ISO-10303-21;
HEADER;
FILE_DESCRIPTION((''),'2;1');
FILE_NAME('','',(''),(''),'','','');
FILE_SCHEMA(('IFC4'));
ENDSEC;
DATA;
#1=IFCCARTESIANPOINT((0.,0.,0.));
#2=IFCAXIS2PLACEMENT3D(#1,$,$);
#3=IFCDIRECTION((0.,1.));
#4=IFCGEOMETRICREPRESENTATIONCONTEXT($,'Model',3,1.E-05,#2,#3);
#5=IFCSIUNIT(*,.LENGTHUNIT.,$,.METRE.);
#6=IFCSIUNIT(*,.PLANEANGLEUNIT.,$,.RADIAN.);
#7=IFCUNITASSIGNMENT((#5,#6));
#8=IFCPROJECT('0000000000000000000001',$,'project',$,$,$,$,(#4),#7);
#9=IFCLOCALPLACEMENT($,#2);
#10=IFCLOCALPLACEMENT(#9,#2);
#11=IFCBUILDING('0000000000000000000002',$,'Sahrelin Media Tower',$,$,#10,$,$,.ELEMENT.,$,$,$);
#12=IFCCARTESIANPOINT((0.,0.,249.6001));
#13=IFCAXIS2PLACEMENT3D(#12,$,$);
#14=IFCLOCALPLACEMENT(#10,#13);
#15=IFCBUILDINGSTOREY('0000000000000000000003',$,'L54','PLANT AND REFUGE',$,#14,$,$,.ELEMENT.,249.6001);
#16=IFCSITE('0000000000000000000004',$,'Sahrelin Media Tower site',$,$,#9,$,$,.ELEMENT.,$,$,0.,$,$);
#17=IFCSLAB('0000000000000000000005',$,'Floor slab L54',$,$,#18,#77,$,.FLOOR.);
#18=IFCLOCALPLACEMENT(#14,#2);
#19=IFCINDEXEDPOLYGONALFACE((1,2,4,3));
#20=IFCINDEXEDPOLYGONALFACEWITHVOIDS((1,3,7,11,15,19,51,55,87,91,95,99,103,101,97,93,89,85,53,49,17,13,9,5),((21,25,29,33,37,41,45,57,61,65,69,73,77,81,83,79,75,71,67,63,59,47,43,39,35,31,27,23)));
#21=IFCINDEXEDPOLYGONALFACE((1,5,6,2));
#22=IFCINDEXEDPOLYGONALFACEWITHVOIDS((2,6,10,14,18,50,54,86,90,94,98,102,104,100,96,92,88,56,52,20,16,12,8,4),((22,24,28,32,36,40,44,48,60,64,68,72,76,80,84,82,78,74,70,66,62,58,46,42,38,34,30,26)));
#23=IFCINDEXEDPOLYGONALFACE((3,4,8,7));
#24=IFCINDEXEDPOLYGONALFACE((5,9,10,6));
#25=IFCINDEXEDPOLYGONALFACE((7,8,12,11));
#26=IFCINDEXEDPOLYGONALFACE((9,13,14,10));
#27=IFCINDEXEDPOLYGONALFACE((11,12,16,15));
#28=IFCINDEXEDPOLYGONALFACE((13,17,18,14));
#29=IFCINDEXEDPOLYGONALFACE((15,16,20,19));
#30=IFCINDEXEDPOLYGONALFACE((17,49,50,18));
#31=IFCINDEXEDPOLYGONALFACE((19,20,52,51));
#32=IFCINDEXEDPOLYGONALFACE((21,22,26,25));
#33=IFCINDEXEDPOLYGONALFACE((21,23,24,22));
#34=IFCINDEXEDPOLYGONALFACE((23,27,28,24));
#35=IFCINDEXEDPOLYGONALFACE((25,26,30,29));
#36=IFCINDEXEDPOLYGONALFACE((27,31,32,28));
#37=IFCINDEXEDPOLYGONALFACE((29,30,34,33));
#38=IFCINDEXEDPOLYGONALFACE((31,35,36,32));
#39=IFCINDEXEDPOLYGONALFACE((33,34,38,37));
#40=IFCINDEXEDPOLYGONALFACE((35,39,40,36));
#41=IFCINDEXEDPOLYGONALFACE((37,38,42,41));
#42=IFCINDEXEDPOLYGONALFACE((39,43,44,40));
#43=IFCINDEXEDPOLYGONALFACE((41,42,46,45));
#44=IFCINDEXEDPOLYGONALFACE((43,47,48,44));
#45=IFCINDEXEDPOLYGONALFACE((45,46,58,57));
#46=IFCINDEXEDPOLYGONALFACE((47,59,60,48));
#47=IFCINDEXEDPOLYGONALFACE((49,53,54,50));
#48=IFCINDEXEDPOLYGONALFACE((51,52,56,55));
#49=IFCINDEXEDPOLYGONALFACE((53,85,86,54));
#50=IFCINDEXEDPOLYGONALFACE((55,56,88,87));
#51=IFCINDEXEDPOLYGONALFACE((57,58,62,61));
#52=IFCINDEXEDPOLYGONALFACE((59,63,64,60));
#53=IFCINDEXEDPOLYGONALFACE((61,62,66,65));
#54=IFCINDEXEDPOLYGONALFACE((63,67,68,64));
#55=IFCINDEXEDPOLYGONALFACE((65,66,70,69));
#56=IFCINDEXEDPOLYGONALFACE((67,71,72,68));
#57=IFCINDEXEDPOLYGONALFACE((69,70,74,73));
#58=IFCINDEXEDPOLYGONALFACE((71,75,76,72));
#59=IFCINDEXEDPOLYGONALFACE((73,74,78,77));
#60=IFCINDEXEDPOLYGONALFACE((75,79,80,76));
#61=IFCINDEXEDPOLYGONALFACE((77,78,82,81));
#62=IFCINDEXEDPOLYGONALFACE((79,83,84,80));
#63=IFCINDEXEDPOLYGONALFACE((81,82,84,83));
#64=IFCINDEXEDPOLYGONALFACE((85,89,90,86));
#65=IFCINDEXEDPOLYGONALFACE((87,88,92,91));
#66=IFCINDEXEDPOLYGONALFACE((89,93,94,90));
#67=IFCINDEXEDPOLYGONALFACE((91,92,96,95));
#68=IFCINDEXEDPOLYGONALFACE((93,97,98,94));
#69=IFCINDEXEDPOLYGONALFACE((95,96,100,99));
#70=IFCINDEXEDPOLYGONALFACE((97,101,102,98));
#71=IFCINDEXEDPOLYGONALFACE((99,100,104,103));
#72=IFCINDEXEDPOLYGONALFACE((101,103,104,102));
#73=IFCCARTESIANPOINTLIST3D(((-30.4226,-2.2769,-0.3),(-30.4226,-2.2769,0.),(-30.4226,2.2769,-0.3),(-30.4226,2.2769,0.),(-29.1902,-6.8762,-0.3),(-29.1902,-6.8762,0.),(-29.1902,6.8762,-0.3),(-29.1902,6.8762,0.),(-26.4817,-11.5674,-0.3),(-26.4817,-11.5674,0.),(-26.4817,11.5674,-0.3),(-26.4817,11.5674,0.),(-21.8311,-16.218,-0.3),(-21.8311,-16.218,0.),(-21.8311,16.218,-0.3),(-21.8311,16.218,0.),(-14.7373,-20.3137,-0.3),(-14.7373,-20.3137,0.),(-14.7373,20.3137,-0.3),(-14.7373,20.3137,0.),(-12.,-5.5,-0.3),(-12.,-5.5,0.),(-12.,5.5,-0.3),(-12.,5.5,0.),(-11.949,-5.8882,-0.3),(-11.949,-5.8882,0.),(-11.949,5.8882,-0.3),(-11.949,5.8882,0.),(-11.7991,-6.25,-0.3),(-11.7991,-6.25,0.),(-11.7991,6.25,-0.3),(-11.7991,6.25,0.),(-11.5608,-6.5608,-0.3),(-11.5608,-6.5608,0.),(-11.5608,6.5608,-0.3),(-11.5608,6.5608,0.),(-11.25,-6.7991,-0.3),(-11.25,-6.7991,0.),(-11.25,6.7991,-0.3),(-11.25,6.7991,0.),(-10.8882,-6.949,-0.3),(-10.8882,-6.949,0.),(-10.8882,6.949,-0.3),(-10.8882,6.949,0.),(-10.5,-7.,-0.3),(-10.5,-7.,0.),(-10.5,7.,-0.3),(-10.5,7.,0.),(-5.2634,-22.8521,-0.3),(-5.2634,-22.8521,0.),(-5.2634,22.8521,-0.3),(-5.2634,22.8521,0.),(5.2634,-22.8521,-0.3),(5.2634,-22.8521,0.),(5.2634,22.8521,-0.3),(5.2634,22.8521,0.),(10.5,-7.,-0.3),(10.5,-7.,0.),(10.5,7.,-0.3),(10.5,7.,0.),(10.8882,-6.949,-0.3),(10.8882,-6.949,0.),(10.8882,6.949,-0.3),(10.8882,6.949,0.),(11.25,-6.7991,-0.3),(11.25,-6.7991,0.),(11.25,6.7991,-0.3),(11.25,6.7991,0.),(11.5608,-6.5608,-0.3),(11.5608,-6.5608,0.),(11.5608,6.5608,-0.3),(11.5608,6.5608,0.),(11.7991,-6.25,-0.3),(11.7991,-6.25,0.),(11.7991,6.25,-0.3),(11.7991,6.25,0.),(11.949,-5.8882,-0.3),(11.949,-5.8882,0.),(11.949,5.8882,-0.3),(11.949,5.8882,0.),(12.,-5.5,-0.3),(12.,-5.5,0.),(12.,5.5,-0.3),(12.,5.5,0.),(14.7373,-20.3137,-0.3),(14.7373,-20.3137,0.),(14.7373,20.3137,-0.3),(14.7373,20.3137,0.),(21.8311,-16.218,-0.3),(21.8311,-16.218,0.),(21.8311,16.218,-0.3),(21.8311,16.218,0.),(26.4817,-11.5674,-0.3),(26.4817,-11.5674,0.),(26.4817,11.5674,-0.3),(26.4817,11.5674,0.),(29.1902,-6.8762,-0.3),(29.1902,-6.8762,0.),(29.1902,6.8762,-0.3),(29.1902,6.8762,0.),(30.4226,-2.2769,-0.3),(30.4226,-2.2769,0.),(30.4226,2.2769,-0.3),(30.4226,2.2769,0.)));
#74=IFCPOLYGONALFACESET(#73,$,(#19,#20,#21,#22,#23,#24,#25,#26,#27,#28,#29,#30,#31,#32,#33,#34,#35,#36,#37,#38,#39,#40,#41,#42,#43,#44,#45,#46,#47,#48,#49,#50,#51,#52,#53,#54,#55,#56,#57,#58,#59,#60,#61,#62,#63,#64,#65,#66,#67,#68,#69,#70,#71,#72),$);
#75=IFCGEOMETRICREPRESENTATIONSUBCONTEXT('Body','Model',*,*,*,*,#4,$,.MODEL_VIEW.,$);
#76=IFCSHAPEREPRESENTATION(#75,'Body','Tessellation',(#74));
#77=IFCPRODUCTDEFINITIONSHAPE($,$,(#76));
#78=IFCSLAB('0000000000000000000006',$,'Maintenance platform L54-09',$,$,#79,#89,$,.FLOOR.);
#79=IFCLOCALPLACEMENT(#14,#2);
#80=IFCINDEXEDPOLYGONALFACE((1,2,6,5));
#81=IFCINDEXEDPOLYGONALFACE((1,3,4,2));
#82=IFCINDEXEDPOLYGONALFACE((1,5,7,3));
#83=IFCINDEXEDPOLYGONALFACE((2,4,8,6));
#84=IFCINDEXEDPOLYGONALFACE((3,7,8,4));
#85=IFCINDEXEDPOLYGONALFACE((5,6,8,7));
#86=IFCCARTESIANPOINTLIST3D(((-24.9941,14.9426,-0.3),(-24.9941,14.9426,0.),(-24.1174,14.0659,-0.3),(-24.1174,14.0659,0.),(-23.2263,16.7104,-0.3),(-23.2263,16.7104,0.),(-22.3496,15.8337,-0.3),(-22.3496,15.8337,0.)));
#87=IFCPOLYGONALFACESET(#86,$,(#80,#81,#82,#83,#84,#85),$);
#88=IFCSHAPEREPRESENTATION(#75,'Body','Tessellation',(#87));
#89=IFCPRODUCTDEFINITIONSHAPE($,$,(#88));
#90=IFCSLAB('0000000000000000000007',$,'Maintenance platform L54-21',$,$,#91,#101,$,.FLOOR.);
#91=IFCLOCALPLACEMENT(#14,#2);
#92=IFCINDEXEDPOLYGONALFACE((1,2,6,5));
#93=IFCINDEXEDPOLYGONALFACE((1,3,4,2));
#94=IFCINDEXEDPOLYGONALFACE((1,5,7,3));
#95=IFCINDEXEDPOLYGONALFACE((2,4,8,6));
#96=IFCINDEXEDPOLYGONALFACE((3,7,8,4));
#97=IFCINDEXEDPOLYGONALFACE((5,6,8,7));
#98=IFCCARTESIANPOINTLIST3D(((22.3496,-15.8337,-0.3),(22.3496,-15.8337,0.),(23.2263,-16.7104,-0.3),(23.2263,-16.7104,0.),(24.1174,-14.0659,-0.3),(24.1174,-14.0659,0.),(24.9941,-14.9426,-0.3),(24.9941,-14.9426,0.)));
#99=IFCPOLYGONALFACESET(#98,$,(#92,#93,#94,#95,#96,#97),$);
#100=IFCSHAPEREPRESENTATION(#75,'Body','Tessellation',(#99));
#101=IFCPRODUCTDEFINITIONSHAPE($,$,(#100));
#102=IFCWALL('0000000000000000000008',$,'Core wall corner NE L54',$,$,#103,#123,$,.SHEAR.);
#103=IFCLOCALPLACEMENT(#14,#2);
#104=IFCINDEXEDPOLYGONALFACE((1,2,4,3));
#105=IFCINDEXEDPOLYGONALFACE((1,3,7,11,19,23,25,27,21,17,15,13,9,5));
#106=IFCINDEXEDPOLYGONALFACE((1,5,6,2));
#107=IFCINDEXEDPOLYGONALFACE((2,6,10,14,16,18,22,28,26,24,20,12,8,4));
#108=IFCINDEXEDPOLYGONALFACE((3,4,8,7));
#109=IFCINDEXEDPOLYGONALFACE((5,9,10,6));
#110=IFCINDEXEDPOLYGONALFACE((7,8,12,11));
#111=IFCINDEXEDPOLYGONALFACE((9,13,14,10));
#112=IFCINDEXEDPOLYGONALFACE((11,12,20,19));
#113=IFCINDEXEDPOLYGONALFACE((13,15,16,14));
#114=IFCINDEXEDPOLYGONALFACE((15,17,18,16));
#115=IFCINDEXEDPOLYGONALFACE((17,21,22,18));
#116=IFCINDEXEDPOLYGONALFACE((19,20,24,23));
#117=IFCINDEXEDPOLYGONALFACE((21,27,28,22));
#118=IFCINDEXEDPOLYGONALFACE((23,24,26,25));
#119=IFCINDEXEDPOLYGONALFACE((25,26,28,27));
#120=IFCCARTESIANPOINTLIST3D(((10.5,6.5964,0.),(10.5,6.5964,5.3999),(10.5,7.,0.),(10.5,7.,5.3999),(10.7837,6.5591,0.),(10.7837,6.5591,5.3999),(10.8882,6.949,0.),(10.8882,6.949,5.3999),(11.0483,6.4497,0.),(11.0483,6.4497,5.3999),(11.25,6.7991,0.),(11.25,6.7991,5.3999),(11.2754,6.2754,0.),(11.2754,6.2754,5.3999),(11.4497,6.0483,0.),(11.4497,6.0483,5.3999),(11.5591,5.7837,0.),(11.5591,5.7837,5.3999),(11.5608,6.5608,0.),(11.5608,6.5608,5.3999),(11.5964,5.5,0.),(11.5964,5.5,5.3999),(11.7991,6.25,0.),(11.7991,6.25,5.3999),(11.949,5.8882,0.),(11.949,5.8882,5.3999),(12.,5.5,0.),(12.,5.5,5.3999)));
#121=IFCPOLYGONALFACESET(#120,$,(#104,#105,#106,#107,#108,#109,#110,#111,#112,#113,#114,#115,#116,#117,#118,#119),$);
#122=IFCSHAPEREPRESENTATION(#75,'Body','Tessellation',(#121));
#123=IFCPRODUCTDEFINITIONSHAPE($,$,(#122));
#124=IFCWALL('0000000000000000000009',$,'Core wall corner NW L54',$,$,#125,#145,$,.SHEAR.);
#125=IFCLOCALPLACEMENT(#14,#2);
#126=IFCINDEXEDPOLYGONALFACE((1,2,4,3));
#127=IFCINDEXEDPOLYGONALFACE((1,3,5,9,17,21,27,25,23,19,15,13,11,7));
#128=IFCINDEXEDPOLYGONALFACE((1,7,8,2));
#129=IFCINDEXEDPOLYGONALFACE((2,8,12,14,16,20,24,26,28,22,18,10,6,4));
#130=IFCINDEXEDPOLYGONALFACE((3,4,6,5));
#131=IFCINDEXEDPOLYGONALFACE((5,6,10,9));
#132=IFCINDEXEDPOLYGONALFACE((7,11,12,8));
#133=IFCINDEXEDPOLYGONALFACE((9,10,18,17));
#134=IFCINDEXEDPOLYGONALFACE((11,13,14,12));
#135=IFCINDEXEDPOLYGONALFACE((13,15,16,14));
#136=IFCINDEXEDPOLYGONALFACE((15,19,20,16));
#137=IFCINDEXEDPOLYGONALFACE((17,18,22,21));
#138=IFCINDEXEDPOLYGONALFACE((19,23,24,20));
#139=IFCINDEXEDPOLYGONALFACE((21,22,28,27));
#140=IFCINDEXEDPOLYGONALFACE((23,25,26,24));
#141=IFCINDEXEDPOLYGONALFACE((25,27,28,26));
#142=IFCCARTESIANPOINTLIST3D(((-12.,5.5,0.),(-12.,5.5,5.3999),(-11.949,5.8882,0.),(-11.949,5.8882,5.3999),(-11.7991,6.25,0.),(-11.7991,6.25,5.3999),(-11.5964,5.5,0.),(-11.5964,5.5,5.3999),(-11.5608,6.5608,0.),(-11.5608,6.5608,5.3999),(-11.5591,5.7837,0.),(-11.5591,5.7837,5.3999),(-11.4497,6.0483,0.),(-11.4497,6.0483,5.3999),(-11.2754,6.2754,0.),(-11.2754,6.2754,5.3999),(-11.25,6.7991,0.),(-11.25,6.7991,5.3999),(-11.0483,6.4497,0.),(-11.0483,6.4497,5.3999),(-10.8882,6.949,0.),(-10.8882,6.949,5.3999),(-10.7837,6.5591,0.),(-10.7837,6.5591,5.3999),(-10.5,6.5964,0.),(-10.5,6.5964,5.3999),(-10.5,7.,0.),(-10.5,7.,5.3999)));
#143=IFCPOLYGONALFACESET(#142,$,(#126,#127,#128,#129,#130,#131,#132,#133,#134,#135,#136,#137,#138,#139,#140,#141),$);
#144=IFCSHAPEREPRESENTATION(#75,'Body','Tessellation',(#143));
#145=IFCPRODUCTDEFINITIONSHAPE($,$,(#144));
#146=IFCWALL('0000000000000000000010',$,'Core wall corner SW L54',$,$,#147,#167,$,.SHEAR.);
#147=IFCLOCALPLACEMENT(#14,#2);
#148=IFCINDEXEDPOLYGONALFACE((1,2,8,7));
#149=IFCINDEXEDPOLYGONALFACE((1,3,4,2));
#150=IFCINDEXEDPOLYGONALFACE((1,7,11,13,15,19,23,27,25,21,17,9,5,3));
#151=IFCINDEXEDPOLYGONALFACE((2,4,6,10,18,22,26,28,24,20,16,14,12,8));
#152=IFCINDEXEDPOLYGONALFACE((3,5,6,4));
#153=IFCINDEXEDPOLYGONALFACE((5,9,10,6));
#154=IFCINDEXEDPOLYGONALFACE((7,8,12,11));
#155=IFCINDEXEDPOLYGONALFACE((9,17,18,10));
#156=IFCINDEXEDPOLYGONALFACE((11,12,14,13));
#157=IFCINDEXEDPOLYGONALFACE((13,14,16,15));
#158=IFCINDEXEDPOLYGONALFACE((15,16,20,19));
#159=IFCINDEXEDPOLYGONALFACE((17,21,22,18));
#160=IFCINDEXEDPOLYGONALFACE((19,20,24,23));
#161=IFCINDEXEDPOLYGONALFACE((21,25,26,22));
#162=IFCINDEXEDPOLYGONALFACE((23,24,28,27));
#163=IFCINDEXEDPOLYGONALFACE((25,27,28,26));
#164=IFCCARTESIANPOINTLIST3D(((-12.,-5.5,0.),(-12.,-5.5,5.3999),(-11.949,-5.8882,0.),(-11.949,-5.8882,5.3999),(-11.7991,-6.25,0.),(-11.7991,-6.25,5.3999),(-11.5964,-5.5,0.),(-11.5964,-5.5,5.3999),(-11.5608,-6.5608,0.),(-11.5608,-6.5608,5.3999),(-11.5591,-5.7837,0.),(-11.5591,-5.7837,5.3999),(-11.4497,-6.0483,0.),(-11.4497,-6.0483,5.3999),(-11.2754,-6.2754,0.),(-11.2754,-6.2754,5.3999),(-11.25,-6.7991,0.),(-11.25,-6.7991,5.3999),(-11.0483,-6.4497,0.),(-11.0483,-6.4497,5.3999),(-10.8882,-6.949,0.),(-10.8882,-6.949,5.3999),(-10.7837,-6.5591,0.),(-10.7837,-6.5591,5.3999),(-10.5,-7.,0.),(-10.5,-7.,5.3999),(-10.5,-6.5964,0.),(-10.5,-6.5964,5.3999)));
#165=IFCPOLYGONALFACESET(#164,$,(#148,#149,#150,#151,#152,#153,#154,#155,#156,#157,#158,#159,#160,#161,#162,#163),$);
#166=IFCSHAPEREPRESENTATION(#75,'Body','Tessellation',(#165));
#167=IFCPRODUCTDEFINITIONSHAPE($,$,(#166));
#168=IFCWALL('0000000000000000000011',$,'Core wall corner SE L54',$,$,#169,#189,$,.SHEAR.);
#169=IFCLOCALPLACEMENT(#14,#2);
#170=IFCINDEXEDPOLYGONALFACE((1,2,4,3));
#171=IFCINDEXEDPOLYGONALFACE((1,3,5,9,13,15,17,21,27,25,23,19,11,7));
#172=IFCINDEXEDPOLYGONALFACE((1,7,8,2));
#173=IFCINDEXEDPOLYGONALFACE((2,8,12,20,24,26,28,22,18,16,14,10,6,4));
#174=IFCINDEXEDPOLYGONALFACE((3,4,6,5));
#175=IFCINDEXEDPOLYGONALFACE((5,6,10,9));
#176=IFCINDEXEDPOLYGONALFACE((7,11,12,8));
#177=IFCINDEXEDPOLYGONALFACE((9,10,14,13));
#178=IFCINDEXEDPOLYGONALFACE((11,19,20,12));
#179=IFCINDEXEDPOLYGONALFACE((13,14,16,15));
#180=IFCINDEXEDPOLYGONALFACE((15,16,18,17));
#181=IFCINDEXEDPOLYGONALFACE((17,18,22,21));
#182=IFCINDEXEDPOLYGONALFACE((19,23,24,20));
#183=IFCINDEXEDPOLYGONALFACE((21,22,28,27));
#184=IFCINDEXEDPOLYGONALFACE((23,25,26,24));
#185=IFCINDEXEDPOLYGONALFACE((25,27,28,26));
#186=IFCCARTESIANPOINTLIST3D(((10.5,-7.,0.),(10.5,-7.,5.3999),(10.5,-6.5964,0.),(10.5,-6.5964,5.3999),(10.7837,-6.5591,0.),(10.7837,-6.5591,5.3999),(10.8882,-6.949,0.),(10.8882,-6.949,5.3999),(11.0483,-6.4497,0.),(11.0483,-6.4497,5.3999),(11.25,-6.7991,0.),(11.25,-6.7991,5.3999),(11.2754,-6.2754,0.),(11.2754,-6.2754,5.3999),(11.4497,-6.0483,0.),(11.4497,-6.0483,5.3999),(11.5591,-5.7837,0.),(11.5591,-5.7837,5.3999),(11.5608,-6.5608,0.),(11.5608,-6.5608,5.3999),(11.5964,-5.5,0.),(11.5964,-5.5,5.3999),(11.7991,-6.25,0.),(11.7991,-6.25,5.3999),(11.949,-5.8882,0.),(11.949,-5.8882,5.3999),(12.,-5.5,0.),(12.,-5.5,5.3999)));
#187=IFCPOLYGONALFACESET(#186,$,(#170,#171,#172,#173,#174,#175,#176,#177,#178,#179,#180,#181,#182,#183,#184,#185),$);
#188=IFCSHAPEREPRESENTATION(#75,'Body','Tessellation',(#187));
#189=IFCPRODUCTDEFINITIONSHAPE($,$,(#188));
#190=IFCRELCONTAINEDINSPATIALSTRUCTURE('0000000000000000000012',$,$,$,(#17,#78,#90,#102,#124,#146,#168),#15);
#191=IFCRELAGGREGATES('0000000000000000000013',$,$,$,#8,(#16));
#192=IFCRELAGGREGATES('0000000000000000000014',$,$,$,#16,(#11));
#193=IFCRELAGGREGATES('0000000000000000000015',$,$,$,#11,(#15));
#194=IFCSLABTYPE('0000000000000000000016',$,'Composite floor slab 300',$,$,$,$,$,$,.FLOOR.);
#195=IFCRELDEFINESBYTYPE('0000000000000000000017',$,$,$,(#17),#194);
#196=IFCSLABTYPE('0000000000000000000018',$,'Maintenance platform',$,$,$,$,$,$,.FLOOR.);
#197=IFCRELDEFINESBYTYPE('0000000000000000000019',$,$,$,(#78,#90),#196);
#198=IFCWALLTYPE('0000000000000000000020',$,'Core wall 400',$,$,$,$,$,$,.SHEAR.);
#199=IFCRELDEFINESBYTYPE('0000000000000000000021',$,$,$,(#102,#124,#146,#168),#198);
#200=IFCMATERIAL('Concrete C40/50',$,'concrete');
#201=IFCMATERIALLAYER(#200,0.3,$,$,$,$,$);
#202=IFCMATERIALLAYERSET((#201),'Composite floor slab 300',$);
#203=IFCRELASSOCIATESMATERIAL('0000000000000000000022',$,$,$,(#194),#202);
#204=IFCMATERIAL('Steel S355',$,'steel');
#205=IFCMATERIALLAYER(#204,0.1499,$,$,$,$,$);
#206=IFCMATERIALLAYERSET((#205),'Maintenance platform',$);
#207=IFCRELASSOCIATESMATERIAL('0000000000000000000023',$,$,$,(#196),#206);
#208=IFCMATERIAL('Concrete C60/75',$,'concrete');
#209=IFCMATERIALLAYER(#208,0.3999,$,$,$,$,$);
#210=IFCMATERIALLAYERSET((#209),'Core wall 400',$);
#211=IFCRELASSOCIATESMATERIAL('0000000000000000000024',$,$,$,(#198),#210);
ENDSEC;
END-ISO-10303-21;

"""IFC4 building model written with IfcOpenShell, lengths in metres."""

from ifc_helpers import new_model, si_unit, direction, frame, origin, place, context, subcontext, project, spatial, polyline, outline, extrude, material, layer, layer_set, type_object, element, save


model = new_model("IFC4")

# Units and contexts
model_context = context("Model", 3, precision=1e-05, world=origin(), true_north=direction((0.0, 1.0)))
body_context = subcontext(model_context, "Body", "Model", "MODEL_VIEW")
ifc_project = project(units=[si_unit("LENGTHUNIT", "METRE"), si_unit("PLANEANGLEUNIT", "RADIAN")], contexts=[model_context])

# Site, building, storey
site_placement = place(None, origin())
site = spatial("IfcSite", under=ifc_project, at=site_placement, Name="Sahrelin Media Tower site", CompositionType="ELEMENT", RefElevation=0.0)
building_placement = place(site_placement, origin())
building = spatial("IfcBuilding", under=site, at=building_placement, Name="Sahrelin Media Tower", CompositionType="ELEMENT")
storey_placement = place(building_placement, frame((0.0, 0.0, 249.6001)))
storey = spatial("IfcBuildingStorey", under=building, at=storey_placement, Name="L54", Description="PLANT AND REFUGE", CompositionType="ELEMENT", Elevation=249.6001)

# Slabs
ifc_material_1 = material(Name="Concrete C40/50", Category="concrete")
ifc_layer_1 = layer(ifc_material_1, 0.3)
ifc_layer_set_1 = layer_set([ifc_layer_1], Name="Composite floor slab 300")
slab_type_1 = type_object("IfcSlabType", Name="Composite floor slab 300", PredefinedType="FLOOR", material=ifc_layer_set_1)
placement_1 = place(storey_placement, frame((0.0, 0.0, -0.3)))
element("IfcSlab", 1, at=placement_1, inside=storey, type_object=slab_type_1, Name="Floor slab L54", PredefinedType="FLOOR", context=body_context, shape_type="SweptSolid", body=[
    extrude(outline(polyline([(30.4226, -2.2769), (30.4226, 2.2769), (29.1902, 6.8762), (26.4817, 11.5674), (21.8311, 16.218), (14.7373, 20.3137), (5.2634, 22.8521), (-5.2634, 22.8521), (-14.7373, 20.3137), (-21.8311, 16.218), (-26.4817, 11.5674), (-29.1902, 6.8762), (-30.4226, 2.2769), (-30.4226, -2.2769), (-29.1902, -6.8762), (-26.4817, -11.5674), (-21.8311, -16.218), (-14.7373, -20.3137), (-5.2634, -22.8521), (5.2634, -22.8521), (14.7373, -20.3137), (21.8311, -16.218), (26.4817, -11.5674), (29.1902, -6.8762), (30.4226, -2.2769)]), holes=[polyline([(11.949, 5.8882), (12.0, 5.5), (12.0, -5.5), (11.949, -5.8882), (11.7991, -6.25), (11.5608, -6.5608), (11.25, -6.7991), (10.8882, -6.949), (10.5, -7.0), (-10.5, -7.0), (-10.8882, -6.949), (-11.25, -6.7991), (-11.5608, -6.5608), (-11.7991, -6.25), (-11.949, -5.8882), (-12.0, -5.5), (-12.0, 5.5), (-11.949, 5.8882), (-11.7991, 6.25), (-11.5608, 6.5608), (-11.25, 6.7991), (-10.8882, 6.949), (-10.5, 7.0), (10.5, 7.0), (10.8882, 6.949), (11.25, 6.7991), (11.5608, 6.5608), (11.7991, 6.25), (11.949, 5.8882)])]), origin(), (0.0, 0.0, 1.0), 0.3),
])
ifc_material_2 = material(Name="Steel S355", Category="steel")
ifc_layer_2 = layer(ifc_material_2, 0.1499)
ifc_layer_set_2 = layer_set([ifc_layer_2], Name="Maintenance platform")
slab_type_2 = type_object("IfcSlabType", Name="Maintenance platform", PredefinedType="FLOOR", material=ifc_layer_set_2)
element("IfcSlab", 2, at=placement_1, inside=storey, type_object=slab_type_2, Name="Maintenance platform L54-09", PredefinedType="FLOOR", context=body_context, shape_type="SweptSolid", body=[
    extrude(outline(polyline([(-22.3496, 15.8337), (-24.1174, 14.0659), (-24.9941, 14.9426), (-23.2263, 16.7104), (-22.3496, 15.8337)])), origin(), (0.0, 0.0, 1.0), 0.3),
])
element("IfcSlab", 3, at=placement_1, inside=storey, type_object=slab_type_2, Name="Maintenance platform L54-21", PredefinedType="FLOOR", context=body_context, shape_type="SweptSolid", body=[
    extrude(outline(polyline([(22.3496, -15.8337), (24.1174, -14.0659), (24.9941, -14.9426), (23.2263, -16.7104), (22.3496, -15.8337)])), origin(), (0.0, 0.0, 1.0), 0.3),
])

# Walls
ifc_material_3 = material(Name="Concrete C60/75", Category="concrete")
ifc_layer_3 = layer(ifc_material_3, 0.3999)
ifc_layer_set_3 = layer_set([ifc_layer_3], Name="Core wall 400")
wall_type_1 = type_object("IfcWallType", Name="Core wall 400", PredefinedType="SHEAR", material=ifc_layer_set_3)
placement_2 = place(storey_placement, origin())
element("IfcWall", 4, at=placement_2, inside=storey, type_object=wall_type_1, Name="Core wall corner NE L54", PredefinedType="SHEAR", context=body_context, shape_type="SweptSolid", body=[
    extrude(outline(polyline([(10.5, 7.0), (10.5, 6.5964), (10.7837, 6.5591), (11.0483, 6.4497), (11.2754, 6.2754), (11.4497, 6.0483), (11.5591, 5.7837), (11.5964, 5.5), (12.0, 5.5), (11.949, 5.8882), (11.7991, 6.25), (11.5608, 6.5608), (11.25, 6.7991), (10.8882, 6.949), (10.5, 7.0)])), origin(), (0.0, 0.0, 1.0), 5.3999),
])
element("IfcWall", 5, at=placement_2, inside=storey, type_object=wall_type_1, Name="Core wall corner NW L54", PredefinedType="SHEAR", context=body_context, shape_type="SweptSolid", body=[
    extrude(outline(polyline([(-12.0, 5.5), (-11.5964, 5.5), (-11.5591, 5.7837), (-11.4497, 6.0483), (-11.2754, 6.2754), (-11.0483, 6.4497), (-10.7837, 6.5591), (-10.5, 6.5964), (-10.5, 7.0), (-10.8882, 6.949), (-11.25, 6.7991), (-11.5608, 6.5608), (-11.7991, 6.25), (-11.949, 5.8882), (-12.0, 5.5)])), origin(), (0.0, 0.0, 1.0), 5.3999),
])
element("IfcWall", 6, at=placement_2, inside=storey, type_object=wall_type_1, Name="Core wall corner SW L54", PredefinedType="SHEAR", context=body_context, shape_type="SweptSolid", body=[
    extrude(outline(polyline([(-10.5, -7.0), (-10.5, -6.5964), (-10.7837, -6.5591), (-11.0483, -6.4497), (-11.2754, -6.2754), (-11.4497, -6.0483), (-11.5591, -5.7837), (-11.5964, -5.5), (-12.0, -5.5), (-11.949, -5.8882), (-11.7991, -6.25), (-11.5608, -6.5608), (-11.25, -6.7991), (-10.8882, -6.949), (-10.5, -7.0)])), origin(), (0.0, 0.0, 1.0), 5.3999),
])
element("IfcWall", 7, at=placement_2, inside=storey, type_object=wall_type_1, Name="Core wall corner SE L54", PredefinedType="SHEAR", context=body_context, shape_type="SweptSolid", body=[
    extrude(outline(polyline([(12.0, -5.5), (11.5964, -5.5), (11.5591, -5.7837), (11.4497, -6.0483), (11.2754, -6.2754), (11.0483, -6.4497), (10.7837, -6.5591), (10.5, -6.5964), (10.5, -7.0), (10.8882, -6.949), (11.25, -6.7991), (11.5608, -6.5608), (11.7991, -6.25), (11.949, -5.8882), (12.0, -5.5)])), origin(), (0.0, 0.0, 1.0), 5.3999),
])

save(model, "model.ifc")
